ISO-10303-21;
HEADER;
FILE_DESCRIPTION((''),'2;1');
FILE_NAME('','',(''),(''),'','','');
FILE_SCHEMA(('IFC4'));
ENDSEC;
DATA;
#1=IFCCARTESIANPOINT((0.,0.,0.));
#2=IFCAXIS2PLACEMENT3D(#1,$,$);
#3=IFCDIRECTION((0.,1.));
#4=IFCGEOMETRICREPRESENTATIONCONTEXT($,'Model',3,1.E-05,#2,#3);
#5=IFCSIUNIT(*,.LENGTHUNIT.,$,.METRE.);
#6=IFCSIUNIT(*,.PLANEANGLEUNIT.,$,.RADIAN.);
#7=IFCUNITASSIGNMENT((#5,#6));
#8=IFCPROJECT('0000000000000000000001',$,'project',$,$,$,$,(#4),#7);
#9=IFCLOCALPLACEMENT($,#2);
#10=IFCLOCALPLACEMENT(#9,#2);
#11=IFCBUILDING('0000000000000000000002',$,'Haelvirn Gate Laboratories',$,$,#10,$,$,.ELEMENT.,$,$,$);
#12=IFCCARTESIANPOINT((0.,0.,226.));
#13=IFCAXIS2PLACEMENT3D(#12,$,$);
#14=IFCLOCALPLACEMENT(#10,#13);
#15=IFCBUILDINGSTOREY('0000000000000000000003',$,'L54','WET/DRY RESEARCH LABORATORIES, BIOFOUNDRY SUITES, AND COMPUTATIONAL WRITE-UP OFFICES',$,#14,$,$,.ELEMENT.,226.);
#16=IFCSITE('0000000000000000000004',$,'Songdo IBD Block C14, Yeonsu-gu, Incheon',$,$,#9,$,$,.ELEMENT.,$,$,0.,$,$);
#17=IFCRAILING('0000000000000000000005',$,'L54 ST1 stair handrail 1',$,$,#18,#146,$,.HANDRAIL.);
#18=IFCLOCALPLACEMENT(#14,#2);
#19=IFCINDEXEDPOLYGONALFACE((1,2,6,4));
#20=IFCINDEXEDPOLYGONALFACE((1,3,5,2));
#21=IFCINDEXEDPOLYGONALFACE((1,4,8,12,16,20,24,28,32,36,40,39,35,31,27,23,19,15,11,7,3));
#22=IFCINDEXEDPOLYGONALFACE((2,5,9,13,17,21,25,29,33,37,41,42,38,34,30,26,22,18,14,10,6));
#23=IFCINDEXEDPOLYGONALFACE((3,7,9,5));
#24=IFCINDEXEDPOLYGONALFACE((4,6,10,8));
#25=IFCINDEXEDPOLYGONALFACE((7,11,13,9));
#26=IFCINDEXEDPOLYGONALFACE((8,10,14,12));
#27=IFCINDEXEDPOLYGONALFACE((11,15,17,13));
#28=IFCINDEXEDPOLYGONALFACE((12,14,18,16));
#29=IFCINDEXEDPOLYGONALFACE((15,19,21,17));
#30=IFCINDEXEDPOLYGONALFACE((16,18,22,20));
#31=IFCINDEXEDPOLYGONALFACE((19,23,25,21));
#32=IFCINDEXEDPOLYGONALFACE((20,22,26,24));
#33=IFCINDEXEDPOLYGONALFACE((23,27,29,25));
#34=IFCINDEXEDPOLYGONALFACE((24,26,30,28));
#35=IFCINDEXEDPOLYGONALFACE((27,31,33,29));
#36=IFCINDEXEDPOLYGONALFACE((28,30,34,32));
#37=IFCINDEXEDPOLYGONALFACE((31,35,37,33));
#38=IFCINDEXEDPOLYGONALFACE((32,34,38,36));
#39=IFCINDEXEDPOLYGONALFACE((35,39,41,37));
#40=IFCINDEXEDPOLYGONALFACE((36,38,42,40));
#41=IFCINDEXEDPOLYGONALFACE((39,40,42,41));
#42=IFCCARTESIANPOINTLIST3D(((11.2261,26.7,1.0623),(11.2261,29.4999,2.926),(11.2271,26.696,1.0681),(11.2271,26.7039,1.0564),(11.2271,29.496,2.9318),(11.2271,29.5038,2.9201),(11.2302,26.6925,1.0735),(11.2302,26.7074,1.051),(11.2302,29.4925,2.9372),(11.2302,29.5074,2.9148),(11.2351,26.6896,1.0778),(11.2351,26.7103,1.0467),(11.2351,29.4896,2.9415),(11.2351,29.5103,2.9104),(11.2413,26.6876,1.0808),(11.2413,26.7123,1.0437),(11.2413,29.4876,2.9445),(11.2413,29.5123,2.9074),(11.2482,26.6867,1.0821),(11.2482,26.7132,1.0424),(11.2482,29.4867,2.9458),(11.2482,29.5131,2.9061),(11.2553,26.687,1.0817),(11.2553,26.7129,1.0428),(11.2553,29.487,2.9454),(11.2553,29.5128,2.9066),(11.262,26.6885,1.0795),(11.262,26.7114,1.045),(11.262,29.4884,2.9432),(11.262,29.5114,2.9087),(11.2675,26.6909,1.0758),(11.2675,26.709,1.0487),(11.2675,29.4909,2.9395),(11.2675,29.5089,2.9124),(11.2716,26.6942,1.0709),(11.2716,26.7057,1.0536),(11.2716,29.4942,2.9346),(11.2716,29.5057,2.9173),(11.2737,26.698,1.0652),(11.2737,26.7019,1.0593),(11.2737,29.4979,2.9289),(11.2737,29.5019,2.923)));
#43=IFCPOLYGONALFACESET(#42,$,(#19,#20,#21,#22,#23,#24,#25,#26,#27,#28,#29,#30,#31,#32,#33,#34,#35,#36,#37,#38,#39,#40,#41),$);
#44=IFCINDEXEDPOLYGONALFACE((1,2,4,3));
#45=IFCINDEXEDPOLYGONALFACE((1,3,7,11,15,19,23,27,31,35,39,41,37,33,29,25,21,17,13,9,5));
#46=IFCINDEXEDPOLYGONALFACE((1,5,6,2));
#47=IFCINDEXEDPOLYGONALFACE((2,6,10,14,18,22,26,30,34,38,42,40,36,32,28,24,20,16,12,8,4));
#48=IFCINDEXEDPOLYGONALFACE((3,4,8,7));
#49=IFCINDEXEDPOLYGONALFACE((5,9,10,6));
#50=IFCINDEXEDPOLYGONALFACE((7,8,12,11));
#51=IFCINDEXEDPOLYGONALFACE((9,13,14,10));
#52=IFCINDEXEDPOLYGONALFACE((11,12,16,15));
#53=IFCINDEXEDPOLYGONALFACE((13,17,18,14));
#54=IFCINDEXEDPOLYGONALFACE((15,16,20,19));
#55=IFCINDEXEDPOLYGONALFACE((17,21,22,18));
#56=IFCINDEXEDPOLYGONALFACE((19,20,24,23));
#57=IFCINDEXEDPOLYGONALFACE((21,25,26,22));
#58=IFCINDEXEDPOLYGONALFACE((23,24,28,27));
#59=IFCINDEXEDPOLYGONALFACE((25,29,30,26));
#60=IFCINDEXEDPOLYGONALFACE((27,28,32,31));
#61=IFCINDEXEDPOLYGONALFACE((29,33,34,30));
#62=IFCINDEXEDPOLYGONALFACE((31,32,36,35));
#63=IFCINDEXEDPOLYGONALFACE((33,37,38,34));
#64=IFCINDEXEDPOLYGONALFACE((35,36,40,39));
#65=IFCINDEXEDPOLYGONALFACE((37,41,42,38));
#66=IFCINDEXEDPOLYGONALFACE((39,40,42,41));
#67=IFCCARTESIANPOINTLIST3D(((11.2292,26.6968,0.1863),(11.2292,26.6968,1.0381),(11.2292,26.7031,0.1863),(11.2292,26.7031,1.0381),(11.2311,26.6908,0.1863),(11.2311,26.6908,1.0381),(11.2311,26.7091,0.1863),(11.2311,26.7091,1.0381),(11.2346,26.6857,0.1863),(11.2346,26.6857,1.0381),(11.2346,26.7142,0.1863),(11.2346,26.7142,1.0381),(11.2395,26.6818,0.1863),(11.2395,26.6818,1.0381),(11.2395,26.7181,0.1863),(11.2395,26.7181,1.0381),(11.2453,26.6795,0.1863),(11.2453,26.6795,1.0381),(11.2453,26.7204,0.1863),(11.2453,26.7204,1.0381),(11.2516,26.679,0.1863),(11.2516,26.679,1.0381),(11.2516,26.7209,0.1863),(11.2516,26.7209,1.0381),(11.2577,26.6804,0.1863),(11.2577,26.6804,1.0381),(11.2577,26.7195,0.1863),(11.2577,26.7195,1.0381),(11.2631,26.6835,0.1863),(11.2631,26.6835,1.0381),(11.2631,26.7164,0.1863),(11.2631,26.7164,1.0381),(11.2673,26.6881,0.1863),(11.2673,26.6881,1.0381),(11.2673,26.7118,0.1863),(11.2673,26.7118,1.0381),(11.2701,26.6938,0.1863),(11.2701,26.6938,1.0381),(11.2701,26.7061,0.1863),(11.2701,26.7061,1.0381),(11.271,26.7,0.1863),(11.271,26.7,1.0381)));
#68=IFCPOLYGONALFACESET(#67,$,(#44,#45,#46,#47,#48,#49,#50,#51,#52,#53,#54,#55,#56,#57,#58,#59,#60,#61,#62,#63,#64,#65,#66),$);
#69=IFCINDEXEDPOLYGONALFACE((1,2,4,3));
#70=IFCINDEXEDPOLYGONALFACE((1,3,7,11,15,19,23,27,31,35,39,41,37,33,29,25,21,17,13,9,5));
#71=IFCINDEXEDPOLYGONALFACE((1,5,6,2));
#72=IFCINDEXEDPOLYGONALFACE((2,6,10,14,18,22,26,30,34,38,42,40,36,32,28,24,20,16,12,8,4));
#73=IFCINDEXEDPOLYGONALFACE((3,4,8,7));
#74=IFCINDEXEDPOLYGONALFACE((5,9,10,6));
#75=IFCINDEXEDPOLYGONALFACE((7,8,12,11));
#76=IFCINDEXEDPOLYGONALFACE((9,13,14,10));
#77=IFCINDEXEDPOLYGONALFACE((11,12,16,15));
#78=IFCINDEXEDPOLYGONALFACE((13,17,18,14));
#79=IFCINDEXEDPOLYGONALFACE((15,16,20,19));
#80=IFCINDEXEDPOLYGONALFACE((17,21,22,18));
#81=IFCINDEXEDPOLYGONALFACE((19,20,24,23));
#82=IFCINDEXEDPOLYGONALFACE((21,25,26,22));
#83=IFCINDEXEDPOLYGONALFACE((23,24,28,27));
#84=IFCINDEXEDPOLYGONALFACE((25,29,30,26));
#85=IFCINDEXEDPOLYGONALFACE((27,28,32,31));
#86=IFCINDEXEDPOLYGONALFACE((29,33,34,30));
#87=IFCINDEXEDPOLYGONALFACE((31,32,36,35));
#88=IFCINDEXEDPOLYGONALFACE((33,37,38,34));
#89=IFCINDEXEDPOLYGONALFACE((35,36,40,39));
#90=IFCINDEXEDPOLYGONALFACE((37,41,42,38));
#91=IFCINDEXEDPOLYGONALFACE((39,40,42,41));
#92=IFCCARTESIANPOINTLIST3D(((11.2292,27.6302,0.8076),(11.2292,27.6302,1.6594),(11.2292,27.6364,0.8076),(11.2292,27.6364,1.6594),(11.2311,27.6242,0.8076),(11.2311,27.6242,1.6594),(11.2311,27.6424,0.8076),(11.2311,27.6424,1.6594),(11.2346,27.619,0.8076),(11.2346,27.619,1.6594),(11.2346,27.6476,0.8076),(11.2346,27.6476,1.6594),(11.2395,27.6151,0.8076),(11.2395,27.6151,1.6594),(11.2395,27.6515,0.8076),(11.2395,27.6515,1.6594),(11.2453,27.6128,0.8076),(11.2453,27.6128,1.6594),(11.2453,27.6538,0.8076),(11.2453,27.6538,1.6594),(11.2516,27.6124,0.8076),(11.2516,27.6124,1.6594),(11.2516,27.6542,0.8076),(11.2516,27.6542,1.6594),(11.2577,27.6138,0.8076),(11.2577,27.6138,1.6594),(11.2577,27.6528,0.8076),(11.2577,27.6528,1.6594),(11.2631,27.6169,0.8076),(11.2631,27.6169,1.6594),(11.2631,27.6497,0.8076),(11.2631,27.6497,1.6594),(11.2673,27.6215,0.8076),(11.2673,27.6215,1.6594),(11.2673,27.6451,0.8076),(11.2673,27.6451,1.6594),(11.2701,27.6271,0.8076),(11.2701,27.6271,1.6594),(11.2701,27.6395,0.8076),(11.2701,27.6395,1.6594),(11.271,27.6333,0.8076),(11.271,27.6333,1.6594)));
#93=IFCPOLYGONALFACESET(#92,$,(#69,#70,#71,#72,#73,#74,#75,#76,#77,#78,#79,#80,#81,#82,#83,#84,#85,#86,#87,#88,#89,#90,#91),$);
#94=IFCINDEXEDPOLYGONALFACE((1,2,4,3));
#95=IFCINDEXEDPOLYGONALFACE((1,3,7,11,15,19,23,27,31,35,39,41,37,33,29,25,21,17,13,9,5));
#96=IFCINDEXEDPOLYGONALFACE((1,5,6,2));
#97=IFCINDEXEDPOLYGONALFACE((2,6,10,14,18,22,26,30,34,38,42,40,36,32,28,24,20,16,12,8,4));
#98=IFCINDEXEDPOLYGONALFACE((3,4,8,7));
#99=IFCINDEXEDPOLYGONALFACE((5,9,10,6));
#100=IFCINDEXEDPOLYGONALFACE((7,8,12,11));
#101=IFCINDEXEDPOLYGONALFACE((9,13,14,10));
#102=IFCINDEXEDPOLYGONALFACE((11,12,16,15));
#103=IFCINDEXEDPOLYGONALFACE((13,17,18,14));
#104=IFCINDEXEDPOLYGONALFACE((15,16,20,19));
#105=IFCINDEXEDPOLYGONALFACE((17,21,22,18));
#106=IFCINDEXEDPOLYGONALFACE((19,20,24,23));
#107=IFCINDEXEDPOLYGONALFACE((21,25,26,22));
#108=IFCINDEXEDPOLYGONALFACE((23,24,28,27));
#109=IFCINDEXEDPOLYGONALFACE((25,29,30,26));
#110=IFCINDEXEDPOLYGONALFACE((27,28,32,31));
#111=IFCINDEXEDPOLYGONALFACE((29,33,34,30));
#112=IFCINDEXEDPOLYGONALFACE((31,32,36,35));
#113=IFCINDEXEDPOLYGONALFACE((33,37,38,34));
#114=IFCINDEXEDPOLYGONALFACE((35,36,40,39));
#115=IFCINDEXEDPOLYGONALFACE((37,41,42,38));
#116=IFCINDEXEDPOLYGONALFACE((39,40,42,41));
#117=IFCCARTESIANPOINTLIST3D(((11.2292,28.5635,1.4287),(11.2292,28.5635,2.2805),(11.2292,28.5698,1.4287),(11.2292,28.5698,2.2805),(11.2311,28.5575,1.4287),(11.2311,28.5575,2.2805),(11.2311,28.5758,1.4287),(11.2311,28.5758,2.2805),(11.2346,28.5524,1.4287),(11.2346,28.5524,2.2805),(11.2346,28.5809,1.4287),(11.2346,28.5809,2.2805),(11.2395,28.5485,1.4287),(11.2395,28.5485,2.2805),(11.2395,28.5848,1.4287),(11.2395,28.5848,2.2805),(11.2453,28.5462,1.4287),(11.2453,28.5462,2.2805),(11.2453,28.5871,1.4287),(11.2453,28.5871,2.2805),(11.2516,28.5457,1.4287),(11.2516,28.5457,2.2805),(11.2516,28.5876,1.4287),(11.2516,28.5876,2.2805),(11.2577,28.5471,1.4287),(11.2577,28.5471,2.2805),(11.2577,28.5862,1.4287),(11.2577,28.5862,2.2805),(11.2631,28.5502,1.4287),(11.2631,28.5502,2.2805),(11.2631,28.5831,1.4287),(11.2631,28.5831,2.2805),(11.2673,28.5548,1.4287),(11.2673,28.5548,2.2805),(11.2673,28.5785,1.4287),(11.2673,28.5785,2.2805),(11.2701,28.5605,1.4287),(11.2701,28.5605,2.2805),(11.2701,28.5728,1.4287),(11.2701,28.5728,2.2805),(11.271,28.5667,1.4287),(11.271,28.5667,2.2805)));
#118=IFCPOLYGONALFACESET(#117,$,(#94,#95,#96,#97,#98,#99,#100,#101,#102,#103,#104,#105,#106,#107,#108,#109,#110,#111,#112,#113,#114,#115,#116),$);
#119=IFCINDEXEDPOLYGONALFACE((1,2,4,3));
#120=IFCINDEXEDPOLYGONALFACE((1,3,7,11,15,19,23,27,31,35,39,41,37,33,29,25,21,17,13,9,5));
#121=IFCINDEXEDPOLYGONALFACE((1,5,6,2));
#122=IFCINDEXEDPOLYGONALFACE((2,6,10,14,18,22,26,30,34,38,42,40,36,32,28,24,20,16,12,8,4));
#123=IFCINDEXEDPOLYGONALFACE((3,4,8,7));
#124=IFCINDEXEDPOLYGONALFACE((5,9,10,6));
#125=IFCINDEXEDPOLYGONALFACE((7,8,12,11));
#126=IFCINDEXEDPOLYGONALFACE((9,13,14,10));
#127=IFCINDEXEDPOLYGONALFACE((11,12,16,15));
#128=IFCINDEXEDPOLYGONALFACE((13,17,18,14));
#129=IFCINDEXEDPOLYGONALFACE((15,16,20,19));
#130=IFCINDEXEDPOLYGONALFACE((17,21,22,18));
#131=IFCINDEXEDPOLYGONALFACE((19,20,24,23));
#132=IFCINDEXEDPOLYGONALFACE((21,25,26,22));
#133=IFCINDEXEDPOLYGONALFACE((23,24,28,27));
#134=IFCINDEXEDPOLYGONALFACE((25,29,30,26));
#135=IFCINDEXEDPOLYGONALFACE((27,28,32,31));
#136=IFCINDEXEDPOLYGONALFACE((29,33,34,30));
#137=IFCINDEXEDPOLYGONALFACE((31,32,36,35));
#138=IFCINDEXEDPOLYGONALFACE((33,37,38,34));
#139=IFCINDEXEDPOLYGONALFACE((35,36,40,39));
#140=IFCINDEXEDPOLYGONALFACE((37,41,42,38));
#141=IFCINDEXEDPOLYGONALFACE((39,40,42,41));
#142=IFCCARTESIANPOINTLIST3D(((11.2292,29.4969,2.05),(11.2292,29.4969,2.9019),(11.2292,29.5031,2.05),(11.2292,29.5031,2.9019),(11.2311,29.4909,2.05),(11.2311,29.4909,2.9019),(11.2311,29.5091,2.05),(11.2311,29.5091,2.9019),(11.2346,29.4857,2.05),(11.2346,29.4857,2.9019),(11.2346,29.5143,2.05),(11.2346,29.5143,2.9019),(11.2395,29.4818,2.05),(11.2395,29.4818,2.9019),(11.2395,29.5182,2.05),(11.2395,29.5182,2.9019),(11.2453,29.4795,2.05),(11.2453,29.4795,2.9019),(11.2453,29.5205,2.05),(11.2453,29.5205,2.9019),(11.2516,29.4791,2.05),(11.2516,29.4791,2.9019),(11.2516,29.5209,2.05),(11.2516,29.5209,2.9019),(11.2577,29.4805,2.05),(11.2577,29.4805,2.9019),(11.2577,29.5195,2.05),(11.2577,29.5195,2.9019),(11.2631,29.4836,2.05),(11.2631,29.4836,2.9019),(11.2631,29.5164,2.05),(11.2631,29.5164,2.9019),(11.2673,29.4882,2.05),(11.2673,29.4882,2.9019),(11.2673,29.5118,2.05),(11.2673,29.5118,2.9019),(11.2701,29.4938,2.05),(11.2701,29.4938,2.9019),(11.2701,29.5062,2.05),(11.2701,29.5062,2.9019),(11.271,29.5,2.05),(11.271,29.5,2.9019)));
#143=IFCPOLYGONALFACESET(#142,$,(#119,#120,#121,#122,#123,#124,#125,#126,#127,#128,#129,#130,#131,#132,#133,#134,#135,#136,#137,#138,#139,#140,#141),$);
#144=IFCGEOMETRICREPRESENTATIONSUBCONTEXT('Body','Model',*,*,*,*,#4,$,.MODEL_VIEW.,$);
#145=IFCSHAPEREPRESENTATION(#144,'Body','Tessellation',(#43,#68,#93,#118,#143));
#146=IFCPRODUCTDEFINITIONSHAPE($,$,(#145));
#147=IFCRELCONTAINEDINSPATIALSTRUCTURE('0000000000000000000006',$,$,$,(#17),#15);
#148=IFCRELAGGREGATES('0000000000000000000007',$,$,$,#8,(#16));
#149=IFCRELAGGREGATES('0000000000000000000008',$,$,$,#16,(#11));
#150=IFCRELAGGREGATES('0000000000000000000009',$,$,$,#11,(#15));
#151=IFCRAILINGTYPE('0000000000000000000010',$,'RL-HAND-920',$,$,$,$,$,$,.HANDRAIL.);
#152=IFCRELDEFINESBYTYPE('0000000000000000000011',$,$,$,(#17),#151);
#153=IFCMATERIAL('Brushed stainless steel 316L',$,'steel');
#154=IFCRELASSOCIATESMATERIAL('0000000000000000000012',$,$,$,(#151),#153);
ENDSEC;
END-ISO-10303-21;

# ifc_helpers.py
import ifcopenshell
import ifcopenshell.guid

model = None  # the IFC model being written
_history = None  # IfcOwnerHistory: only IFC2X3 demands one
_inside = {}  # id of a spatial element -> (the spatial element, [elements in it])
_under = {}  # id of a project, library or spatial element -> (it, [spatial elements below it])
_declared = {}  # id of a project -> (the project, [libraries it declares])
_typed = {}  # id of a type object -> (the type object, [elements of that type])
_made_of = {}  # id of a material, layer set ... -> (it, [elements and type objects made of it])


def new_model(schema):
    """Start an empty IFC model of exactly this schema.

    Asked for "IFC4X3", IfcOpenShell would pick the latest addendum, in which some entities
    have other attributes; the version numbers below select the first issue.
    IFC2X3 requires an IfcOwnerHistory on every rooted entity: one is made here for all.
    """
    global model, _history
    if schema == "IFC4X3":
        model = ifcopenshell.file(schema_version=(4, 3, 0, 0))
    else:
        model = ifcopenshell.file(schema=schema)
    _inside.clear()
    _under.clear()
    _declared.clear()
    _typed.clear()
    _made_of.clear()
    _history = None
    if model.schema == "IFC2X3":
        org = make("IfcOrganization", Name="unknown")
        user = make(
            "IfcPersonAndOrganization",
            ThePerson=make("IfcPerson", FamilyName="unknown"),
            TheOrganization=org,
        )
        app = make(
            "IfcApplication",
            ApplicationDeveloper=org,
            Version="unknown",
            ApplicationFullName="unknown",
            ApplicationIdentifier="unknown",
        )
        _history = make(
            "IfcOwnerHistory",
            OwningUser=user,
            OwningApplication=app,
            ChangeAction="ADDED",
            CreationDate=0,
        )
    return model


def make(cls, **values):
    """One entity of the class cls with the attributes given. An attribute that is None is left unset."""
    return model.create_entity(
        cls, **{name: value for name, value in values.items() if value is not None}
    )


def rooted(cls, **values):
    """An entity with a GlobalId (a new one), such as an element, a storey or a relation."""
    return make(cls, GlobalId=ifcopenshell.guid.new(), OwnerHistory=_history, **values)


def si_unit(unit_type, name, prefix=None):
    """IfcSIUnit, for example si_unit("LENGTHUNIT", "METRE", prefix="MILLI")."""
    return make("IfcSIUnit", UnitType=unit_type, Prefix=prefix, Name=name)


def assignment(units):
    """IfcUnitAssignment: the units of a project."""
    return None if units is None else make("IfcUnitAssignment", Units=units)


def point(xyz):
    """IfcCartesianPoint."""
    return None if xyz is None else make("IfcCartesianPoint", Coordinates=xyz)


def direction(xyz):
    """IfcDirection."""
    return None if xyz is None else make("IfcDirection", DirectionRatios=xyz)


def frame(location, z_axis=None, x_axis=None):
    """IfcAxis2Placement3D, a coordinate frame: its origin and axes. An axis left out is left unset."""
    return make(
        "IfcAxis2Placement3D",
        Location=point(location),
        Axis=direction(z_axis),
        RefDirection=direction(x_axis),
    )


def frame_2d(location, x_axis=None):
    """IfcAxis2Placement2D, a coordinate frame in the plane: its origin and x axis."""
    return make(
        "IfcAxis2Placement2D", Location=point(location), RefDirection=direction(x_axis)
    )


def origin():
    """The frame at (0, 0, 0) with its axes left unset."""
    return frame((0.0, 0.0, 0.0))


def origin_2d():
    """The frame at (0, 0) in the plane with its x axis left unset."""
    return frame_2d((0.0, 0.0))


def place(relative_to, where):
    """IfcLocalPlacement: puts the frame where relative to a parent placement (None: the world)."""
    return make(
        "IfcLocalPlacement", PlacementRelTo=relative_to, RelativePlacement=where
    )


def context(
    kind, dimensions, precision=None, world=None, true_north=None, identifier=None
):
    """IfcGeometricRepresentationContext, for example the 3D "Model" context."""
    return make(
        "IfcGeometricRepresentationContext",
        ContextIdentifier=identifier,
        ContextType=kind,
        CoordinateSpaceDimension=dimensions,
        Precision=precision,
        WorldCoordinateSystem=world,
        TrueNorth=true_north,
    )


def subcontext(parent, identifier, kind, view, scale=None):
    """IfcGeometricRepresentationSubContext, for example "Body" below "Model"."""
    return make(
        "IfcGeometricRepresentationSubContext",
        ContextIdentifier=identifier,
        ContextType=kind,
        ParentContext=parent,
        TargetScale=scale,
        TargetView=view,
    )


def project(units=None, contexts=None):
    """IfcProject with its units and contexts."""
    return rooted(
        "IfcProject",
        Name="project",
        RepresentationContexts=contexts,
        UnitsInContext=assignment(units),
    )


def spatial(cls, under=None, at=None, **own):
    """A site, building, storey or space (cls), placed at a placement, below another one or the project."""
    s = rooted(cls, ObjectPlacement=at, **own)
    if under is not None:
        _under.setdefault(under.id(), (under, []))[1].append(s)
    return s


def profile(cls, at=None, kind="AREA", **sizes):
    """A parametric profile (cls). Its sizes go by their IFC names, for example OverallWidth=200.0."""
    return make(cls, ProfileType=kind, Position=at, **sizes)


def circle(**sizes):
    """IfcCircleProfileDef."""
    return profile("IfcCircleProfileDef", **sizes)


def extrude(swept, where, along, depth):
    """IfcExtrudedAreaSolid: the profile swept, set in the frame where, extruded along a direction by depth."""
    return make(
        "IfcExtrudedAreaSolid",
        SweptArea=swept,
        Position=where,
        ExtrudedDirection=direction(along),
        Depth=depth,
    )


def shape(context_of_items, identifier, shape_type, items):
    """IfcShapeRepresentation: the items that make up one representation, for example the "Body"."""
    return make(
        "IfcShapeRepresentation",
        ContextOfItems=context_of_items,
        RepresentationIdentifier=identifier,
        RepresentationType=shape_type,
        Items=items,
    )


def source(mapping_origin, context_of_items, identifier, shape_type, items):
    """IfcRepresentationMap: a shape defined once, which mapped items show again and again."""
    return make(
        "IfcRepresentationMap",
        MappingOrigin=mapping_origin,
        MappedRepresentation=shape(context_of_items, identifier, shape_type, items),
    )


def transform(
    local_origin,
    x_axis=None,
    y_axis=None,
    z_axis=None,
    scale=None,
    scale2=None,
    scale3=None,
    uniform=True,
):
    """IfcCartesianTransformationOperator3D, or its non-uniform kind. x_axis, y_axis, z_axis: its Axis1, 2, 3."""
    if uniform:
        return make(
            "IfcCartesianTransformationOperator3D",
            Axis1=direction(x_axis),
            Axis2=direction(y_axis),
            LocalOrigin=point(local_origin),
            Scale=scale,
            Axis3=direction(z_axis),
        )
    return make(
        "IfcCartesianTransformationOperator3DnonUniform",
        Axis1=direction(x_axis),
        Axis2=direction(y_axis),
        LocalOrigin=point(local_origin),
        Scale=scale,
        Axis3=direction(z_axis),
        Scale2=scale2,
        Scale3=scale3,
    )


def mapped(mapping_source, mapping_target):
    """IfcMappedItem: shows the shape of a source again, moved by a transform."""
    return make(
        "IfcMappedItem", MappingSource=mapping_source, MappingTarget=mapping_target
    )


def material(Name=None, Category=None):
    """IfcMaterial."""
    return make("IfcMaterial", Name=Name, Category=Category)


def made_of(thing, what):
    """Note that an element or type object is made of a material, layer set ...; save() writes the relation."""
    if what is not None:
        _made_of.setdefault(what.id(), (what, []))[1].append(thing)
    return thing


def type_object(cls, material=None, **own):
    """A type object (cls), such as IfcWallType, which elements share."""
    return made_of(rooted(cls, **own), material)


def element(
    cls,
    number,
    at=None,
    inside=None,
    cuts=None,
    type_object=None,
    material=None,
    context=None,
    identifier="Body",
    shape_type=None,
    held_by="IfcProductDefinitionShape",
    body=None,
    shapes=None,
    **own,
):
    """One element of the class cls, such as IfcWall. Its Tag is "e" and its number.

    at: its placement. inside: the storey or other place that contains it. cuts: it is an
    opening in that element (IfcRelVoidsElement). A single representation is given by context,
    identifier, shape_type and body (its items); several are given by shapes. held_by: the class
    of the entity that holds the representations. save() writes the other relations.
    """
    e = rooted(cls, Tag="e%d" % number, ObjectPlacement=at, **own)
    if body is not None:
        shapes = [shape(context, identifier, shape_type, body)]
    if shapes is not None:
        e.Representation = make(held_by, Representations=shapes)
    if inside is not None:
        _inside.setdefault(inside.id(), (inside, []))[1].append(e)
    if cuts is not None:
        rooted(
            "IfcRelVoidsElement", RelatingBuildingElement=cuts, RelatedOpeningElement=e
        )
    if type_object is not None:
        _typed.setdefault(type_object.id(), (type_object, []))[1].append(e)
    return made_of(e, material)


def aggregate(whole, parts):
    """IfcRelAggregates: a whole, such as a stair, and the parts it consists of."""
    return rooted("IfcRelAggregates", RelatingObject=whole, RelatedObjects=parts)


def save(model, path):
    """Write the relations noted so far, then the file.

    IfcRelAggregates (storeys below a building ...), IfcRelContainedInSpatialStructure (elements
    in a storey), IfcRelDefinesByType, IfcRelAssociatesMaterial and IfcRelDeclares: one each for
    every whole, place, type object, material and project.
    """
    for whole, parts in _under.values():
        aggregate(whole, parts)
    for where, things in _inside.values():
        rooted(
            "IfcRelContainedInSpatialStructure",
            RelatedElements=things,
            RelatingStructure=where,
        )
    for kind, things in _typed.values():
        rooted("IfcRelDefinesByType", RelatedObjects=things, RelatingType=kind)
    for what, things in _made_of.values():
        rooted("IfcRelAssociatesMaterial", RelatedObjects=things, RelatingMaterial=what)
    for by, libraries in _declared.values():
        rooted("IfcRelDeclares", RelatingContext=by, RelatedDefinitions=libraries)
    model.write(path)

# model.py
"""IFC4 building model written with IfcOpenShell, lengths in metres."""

from ifc_helpers import new_model, si_unit, direction, frame, origin, origin_2d, place, context, subcontext, project, spatial, circle, extrude, source, transform, mapped, material, type_object, element, save


model = new_model("IFC4")

# Units and contexts
model_context = context("Model", 3, precision=1e-05, world=origin(), true_north=direction((0.0, 1.0)))
body_context = subcontext(model_context, "Body", "Model", "MODEL_VIEW")
ifc_project = project(units=[si_unit("LENGTHUNIT", "METRE"), si_unit("PLANEANGLEUNIT", "RADIAN")], contexts=[model_context])

# Site, building, storey
site_placement = place(None, origin())
site = spatial("IfcSite", under=ifc_project, at=site_placement, Name="Songdo IBD Block C14, Yeonsu-gu, Incheon", CompositionType="ELEMENT", RefElevation=0.0)
building_placement = place(site_placement, origin())
building = spatial("IfcBuilding", under=site, at=building_placement, Name="Haelvirn Gate Laboratories", CompositionType="ELEMENT")
storey_placement = place(building_placement, frame((0.0, 0.0, 226.0)))
storey = spatial("IfcBuildingStorey", under=building, at=storey_placement, Name="L54", Description="WET/DRY RESEARCH LABORATORIES, BIOFOUNDRY SUITES, AND COMPUTATIONAL WRITE-UP OFFICES", CompositionType="ELEMENT", Elevation=226.0)

# Railing
ifc_material_1 = material(Name="Brushed stainless steel 316L", Category="steel")
railing_type_1 = type_object("IfcRailingType", Name="RL-HAND-920", PredefinedType="HANDRAIL", material=ifc_material_1)
shared_shape_1 = source(origin(), body_context, "Body", "SweptSolid", [
    extrude(circle(Radius=0.0239, at=origin_2d()), frame((0.0, 0.0, 0.876), z_axis=(0.0, 0.832452, 0.554097), x_axis=(-1.0, 0.0, 0.0)), (0.0, 0.0, 1.0), 3.3635),
    extrude(circle(Radius=0.021, at=origin_2d()), origin(), (0.0, 0.0, 1.0), 0.8518),
    extrude(circle(Radius=0.021, at=origin_2d()), frame((0.0, 0.9333, 0.6213)), (0.0, 0.0, 1.0), 0.8518),
    extrude(circle(Radius=0.021, at=origin_2d()), frame((0.0, 1.8667, 1.2424)), (0.0, 0.0, 1.0), 0.8518),
    extrude(circle(Radius=0.021, at=origin_2d()), frame((0.0, 2.8, 1.8638)), (0.0, 0.0, 1.0), 0.8518),
])
railing_1_placement = place(storey_placement, frame((11.25, 26.7, 0.1863)))
element("IfcRailing", 1, at=railing_1_placement, inside=storey, type_object=railing_type_1, Name="L54 ST1 stair handrail 1", PredefinedType="HANDRAIL", context=body_context, shape_type="MappedRepresentation", body=[
    mapped(shared_shape_1, transform((0.0, 0.0, 0.0), scale=1.0)),
])

save(model, "model.ifc")
